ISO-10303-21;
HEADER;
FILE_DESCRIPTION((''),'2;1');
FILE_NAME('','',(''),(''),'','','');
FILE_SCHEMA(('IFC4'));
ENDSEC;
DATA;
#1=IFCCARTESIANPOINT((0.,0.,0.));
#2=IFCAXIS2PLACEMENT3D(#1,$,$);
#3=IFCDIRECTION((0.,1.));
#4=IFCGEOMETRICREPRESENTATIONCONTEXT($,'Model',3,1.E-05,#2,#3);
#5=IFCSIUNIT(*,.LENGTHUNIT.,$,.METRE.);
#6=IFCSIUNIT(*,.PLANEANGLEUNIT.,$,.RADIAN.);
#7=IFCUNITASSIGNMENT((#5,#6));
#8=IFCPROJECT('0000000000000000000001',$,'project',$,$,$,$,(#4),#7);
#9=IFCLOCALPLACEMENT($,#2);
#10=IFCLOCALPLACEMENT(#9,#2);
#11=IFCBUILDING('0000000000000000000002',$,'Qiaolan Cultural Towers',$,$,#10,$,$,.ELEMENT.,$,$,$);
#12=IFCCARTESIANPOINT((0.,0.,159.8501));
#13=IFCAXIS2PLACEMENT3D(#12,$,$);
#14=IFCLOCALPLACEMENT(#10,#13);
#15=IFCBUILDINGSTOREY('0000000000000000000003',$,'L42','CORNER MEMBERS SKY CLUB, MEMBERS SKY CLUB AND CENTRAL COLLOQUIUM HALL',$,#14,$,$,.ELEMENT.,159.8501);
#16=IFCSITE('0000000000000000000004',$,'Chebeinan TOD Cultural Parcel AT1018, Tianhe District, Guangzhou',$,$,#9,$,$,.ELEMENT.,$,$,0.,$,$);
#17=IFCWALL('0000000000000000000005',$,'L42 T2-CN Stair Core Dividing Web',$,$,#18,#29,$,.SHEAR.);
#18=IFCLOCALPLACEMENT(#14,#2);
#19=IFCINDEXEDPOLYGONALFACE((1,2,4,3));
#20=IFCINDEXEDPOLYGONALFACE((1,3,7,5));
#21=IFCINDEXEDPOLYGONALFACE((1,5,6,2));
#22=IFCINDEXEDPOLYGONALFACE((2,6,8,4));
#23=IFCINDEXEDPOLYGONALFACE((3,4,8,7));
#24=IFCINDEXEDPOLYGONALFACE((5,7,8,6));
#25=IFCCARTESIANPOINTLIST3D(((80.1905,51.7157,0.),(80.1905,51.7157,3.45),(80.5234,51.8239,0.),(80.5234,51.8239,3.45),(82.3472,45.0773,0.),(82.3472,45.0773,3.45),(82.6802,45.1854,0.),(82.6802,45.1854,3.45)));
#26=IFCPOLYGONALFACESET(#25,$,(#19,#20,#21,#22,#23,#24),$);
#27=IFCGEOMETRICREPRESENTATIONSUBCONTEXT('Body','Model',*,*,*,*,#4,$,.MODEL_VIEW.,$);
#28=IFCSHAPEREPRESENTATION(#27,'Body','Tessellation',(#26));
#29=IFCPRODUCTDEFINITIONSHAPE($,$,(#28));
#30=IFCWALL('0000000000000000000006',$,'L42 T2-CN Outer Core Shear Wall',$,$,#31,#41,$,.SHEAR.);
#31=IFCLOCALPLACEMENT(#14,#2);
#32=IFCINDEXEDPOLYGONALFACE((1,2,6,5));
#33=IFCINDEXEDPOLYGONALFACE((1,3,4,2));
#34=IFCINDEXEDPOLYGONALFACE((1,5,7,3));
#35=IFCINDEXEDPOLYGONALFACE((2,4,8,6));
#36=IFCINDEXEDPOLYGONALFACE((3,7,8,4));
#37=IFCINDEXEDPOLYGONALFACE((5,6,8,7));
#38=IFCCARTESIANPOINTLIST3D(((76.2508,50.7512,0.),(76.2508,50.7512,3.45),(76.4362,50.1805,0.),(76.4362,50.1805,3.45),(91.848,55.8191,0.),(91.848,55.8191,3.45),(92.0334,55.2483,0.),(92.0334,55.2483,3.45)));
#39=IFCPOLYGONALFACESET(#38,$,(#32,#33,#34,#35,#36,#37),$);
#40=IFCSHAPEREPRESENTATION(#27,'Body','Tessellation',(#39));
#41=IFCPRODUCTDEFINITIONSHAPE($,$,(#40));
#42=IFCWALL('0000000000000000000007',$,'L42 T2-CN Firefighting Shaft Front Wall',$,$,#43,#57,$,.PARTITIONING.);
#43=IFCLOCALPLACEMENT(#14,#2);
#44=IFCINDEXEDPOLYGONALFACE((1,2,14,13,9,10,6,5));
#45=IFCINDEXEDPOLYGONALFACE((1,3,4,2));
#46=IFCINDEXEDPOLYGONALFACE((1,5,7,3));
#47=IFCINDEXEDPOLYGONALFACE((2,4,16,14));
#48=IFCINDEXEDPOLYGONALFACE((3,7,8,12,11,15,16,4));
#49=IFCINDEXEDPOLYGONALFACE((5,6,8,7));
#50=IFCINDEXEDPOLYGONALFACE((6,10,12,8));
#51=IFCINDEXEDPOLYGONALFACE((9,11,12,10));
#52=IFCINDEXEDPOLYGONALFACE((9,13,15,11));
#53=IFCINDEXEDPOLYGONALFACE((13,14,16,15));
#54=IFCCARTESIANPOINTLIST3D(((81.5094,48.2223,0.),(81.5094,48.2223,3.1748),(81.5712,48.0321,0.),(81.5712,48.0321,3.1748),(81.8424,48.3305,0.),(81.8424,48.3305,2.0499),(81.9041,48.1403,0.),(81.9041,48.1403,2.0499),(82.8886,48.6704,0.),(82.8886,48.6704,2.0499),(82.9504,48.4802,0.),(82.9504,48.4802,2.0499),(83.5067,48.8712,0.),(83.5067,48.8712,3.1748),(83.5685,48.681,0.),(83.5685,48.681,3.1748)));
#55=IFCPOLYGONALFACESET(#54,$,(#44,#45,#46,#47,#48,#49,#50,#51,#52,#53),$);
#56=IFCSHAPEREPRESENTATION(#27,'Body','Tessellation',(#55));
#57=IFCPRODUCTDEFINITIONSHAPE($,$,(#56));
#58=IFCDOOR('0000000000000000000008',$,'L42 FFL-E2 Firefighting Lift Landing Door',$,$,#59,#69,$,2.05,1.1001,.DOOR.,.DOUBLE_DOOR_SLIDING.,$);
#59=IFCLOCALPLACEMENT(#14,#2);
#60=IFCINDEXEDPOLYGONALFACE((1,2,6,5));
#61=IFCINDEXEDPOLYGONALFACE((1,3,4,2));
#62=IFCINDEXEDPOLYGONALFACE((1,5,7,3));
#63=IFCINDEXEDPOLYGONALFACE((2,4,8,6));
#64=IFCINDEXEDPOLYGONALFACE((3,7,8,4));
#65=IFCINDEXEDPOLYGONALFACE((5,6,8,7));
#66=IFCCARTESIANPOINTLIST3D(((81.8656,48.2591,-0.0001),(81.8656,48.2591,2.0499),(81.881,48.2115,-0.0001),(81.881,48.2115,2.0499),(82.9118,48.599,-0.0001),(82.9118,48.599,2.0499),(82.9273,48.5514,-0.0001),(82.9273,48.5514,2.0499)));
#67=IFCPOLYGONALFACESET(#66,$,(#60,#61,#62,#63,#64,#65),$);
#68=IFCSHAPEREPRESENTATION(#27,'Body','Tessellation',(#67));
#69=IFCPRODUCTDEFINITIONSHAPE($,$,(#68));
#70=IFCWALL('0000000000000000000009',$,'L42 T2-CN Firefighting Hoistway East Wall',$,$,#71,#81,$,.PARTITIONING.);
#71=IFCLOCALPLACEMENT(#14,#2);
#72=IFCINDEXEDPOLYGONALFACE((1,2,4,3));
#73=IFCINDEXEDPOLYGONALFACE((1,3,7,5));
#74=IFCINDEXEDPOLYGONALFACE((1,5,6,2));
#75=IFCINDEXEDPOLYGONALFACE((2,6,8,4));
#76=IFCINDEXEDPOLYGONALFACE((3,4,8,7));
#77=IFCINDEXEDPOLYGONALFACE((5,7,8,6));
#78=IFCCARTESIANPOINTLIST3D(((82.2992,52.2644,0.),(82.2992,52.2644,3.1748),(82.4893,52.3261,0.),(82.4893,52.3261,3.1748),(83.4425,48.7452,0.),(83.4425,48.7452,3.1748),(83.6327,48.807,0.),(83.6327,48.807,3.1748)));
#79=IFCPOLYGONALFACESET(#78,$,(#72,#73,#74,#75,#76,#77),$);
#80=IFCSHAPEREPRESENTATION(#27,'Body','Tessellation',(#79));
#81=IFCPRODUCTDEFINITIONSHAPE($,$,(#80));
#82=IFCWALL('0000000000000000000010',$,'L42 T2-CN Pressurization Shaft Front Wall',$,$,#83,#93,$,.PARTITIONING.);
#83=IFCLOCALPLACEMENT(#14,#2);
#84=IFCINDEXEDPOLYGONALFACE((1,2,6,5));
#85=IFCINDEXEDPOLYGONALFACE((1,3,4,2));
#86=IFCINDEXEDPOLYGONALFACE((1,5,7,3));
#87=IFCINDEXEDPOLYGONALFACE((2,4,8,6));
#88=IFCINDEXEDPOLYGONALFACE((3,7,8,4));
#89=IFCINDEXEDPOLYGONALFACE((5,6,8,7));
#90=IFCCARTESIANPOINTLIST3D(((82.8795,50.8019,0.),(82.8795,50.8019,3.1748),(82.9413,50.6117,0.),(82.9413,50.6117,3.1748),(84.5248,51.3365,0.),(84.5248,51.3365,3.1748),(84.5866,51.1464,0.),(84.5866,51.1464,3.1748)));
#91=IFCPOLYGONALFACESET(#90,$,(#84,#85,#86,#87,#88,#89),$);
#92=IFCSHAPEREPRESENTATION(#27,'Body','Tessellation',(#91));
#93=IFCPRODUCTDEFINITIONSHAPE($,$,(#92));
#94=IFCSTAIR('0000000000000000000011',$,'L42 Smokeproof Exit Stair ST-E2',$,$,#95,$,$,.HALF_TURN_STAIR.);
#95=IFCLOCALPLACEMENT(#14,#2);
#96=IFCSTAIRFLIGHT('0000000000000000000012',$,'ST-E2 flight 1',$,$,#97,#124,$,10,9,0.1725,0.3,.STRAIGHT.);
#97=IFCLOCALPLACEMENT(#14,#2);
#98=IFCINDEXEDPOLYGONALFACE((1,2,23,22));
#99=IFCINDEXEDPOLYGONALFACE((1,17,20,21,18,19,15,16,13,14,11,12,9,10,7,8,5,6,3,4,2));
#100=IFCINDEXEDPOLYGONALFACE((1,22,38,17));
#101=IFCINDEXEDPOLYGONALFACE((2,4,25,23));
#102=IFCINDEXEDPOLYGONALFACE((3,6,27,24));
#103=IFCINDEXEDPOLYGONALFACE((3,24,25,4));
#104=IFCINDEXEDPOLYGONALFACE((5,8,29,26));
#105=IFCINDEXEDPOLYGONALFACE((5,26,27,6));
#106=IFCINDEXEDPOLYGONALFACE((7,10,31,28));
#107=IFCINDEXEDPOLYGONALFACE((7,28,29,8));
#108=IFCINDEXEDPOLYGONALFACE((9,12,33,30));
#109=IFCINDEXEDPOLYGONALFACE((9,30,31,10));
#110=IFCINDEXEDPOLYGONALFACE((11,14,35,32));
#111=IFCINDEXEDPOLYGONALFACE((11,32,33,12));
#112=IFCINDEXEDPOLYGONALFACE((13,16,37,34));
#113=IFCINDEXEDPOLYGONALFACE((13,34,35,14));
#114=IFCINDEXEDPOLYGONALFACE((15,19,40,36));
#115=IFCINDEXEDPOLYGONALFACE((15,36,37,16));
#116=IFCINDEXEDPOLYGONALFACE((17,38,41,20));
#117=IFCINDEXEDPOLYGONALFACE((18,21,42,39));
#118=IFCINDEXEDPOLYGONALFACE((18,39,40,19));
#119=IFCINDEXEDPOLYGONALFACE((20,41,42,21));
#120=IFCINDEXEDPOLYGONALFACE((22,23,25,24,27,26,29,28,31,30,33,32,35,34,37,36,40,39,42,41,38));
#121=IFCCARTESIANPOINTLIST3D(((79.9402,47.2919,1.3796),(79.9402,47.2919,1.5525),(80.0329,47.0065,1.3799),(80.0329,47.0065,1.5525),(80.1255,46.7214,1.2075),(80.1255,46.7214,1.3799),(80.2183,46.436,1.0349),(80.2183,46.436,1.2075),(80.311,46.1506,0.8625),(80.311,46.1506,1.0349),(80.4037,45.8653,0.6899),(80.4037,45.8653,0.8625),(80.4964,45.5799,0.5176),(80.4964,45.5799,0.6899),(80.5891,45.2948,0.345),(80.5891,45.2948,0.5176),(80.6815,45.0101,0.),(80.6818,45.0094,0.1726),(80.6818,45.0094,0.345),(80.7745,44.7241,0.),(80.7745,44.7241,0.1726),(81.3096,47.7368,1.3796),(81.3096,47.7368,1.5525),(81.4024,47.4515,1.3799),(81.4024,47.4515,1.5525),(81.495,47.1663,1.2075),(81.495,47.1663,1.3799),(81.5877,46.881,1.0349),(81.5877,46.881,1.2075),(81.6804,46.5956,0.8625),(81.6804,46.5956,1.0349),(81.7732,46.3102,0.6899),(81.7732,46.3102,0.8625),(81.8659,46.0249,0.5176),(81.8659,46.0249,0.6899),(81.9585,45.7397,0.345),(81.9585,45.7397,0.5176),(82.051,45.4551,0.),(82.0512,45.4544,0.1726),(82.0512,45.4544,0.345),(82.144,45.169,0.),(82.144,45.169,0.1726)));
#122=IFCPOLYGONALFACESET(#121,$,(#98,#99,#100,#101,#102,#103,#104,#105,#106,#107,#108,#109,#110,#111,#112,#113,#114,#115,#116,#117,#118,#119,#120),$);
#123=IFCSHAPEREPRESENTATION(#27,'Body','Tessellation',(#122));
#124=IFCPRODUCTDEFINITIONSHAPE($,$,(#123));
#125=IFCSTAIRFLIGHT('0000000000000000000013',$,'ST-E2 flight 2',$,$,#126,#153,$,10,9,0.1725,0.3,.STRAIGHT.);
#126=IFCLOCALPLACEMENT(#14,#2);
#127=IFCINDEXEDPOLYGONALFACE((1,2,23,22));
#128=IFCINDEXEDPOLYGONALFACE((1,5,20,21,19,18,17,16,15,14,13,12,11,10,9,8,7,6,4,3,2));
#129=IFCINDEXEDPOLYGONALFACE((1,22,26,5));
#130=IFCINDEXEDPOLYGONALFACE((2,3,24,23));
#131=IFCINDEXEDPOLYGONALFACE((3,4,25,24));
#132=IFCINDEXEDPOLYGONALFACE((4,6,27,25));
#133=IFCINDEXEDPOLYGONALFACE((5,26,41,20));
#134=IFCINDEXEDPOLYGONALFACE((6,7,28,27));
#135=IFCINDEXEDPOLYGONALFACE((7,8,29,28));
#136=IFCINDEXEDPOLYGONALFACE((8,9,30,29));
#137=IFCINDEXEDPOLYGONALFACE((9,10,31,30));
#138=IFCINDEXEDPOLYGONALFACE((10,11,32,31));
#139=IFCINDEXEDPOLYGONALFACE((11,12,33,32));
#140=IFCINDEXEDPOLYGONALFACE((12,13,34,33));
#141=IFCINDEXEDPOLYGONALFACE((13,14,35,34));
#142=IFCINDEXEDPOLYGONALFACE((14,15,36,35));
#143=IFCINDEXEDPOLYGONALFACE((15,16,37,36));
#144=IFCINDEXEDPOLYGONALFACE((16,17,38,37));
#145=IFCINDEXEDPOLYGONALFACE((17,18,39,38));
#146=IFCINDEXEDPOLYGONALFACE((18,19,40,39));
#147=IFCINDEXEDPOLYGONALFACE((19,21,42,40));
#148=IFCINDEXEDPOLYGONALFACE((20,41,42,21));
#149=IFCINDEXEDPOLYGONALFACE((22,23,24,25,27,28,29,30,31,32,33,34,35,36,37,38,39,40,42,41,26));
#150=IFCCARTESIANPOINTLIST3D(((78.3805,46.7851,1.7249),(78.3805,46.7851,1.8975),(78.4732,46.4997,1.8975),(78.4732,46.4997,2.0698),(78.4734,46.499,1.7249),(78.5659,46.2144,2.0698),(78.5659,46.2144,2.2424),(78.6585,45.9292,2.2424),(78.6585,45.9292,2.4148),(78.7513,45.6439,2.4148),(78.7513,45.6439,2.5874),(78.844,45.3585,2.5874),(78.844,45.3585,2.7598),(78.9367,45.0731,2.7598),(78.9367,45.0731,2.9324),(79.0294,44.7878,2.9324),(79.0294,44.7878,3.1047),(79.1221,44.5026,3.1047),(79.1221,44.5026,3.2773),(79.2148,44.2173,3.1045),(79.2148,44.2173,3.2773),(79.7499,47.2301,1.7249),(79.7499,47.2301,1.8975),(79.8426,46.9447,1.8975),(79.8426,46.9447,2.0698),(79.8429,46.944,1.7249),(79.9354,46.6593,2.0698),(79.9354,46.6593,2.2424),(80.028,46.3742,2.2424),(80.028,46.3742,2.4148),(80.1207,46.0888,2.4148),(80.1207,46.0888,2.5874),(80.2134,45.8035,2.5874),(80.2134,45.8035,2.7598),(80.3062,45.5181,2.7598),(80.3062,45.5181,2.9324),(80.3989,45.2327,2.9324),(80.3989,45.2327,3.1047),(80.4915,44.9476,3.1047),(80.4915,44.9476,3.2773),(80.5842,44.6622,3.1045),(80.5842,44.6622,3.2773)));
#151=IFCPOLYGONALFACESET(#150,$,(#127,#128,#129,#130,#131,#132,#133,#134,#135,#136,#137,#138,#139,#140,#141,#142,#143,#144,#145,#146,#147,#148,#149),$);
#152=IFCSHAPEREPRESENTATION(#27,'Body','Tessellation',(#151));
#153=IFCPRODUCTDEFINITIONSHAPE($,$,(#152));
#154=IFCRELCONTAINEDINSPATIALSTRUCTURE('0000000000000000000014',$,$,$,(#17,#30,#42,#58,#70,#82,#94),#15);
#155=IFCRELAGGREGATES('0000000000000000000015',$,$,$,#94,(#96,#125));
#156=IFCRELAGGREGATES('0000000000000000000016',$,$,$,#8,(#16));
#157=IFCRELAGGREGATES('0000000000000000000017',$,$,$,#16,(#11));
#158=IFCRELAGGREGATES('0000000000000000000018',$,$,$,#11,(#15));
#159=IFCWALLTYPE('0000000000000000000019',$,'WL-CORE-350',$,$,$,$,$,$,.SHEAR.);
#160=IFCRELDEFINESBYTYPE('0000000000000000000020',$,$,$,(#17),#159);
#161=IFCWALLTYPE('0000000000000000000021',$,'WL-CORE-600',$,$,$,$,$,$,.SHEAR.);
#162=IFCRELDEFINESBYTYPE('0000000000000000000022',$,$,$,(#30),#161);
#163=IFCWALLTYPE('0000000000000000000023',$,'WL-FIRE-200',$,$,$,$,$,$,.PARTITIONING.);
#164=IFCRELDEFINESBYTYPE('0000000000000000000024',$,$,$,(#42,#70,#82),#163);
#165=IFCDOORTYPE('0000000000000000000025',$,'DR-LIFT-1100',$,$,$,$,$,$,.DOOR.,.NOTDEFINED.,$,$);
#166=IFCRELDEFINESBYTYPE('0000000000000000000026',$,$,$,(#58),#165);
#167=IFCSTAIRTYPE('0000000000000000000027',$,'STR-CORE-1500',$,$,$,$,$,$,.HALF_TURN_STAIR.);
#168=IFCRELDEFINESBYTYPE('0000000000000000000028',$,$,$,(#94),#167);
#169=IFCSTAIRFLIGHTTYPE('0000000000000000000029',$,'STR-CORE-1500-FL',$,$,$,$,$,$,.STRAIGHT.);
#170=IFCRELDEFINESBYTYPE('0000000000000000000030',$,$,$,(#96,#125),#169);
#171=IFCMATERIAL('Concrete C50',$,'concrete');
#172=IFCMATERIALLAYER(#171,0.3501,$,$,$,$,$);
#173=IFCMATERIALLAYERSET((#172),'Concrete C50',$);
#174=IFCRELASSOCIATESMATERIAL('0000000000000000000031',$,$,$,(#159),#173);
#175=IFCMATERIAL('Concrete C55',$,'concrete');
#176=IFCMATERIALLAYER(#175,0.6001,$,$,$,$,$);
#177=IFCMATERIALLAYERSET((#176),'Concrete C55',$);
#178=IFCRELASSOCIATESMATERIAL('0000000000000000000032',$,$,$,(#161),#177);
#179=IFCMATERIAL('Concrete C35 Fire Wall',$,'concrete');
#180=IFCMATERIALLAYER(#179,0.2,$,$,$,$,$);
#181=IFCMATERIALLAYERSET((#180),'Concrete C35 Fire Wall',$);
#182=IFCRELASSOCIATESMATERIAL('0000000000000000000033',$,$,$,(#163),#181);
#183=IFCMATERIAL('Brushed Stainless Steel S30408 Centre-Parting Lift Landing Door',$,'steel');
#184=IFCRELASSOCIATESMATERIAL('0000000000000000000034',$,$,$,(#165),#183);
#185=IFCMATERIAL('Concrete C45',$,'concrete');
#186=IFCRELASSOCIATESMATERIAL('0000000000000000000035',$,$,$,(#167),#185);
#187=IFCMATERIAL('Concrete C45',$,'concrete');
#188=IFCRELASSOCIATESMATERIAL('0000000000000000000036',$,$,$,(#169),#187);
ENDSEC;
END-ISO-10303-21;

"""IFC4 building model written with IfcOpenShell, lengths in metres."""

from ifc_helpers import new_model, si_unit, direction, frame, frame_2d, origin, place, context, subcontext, project, spatial, polyline, rectangle, outline, extrude, material, layer, layer_set, type_object, element, fill, aggregate, save


model = new_model("IFC4")

# Units and contexts
model_context = context("Model", 3, precision=1e-05, world=origin(), true_north=direction((0.0, 1.0)))
body_context = subcontext(model_context, "Body", "Model", "MODEL_VIEW")
ifc_project = project(units=[si_unit("LENGTHUNIT", "METRE"), si_unit("PLANEANGLEUNIT", "RADIAN")], contexts=[model_context])

# Site, building, storey
site_placement = place(None, origin())
site = spatial("IfcSite", under=ifc_project, at=site_placement, Name="Chebeinan TOD Cultural Parcel AT1018, Tianhe District, Guangzhou", CompositionType="ELEMENT", RefElevation=0.0)
building_placement = place(site_placement, origin())
building = spatial("IfcBuilding", under=site, at=building_placement, Name="Qiaolan Cultural Towers", CompositionType="ELEMENT")
storey_placement = place(building_placement, frame((0.0, 0.0, 159.8501)))
storey = spatial("IfcBuildingStorey", under=building, at=storey_placement, Name="L42", Description="CORNER MEMBERS SKY CLUB, MEMBERS SKY CLUB AND CENTRAL COLLOQUIUM HALL", CompositionType="ELEMENT", Elevation=159.8501)

# Walls
ifc_material_1 = material(Name="Concrete C50", Category="concrete")
ifc_layer_1 = layer(ifc_material_1, 0.3501)
ifc_layer_set_1 = layer_set([ifc_layer_1], Name="Concrete C50")
wall_type_1 = type_object("IfcWallType", Name="WL-CORE-350", PredefinedType="SHEAR", material=ifc_layer_set_1)
wall_1_placement = place(storey_placement, frame((82.5137, 45.1313, 0.0), z_axis=(0.0, 0.0, 1.0), x_axis=(-0.308989, 0.951066, 0.0)))
element("IfcWall", 1, at=wall_1_placement, inside=storey, type_object=wall_type_1, Name="L42 T2-CN Stair Core Dividing Web", PredefinedType="SHEAR", context=body_context, shape_type="SweptSolid", body=[
    extrude(rectangle(XDim=6.98, YDim=0.3501, at=frame_2d((3.49, 0.0))), origin(), (0.0, 0.0, 1.0), 3.45),
])
ifc_material_2 = material(Name="Concrete C55", Category="concrete")
ifc_layer_2 = layer(ifc_material_2, 0.6001)
ifc_layer_set_2 = layer_set([ifc_layer_2], Name="Concrete C55")
wall_type_2 = type_object("IfcWallType", Name="WL-CORE-600", PredefinedType="SHEAR", material=ifc_layer_set_2)
wall_2_placement = place(storey_placement, frame((76.3435, 50.4658, 0.0), z_axis=(0.0, 0.0, 1.0), x_axis=(0.951056, 0.309019, 0.0)))
element("IfcWall", 2, at=wall_2_placement, inside=storey, type_object=wall_type_2, Name="L42 T2-CN Outer Core Shear Wall", PredefinedType="SHEAR", context=body_context, shape_type="SweptSolid", body=[
    extrude(rectangle(XDim=16.3999, YDim=0.6001, at=frame_2d((8.2, 0.0))), origin(), (0.0, 0.0, 1.0), 3.45),
])

# Wall, opening, door
ifc_material_3 = material(Name="Concrete C35 Fire Wall", Category="concrete")
ifc_layer_3 = layer(ifc_material_3, 0.2)
ifc_layer_set_3 = layer_set([ifc_layer_3], Name="Concrete C35 Fire Wall")
wall_type_3 = type_object("IfcWallType", Name="WL-FIRE-200", PredefinedType="PARTITIONING", material=ifc_layer_set_3)
wall_3_placement = place(storey_placement, frame((81.5403, 48.1272, 0.0), z_axis=(0.0, 0.0, 1.0), x_axis=(0.951062, 0.308999, 0.0)))
wall_3 = element("IfcWall", 3, at=wall_3_placement, inside=storey, type_object=wall_type_3, Name="L42 T2-CN Firefighting Shaft Front Wall", PredefinedType="PARTITIONING", context=body_context, shape_type="SweptSolid", body=[
    extrude(rectangle(XDim=2.1001, YDim=0.2, at=frame_2d((1.05, 0.0))), origin(), (0.0, 0.0, 1.0), 3.1748),
])
opening_placement = place(wall_3_placement, frame((0.3501, 0.0, 0.0)))
opening = element("IfcOpeningElement", 4, at=opening_placement, cuts=wall_3, PredefinedType="OPENING", context=body_context, shape_type="SweptSolid", body=[
    extrude(rectangle(XDim=1.1001, YDim=2.05, at=frame_2d((0.55, 1.0249))), frame((0.0, 0.1099, 0.0), z_axis=(0.0, -1.0, 0.0), x_axis=(1.0, 0.0, 0.0)), (0.0, 0.0, 1.0), 0.22),
])
ifc_material_4 = material(Name="Brushed Stainless Steel S30408 Centre-Parting Lift Landing Door", Category="steel")
door_type = type_object("IfcDoorType", Name="DR-LIFT-1100", OperationType="NOTDEFINED", PredefinedType="DOOR", material=ifc_material_4)
door_placement = place(opening_placement, origin())
door = element("IfcDoor", 5, at=door_placement, inside=storey, type_object=door_type, Name="L42 FFL-E2 Firefighting Lift Landing Door", OperationType="DOUBLE_DOOR_SLIDING", OverallHeight=2.05, OverallWidth=1.1001, PredefinedType="DOOR", context=body_context, shape_type="SweptSolid", body=[
    extrude(rectangle(XDim=1.1001, YDim=2.05, at=frame_2d((0.55, 1.0249))), frame((0.0, 0.0249, 0.0), z_axis=(0.0, -1.0, 0.0), x_axis=(1.0, 0.0, 0.0)), (0.0, 0.0, 1.0), 0.05),
])
fill(opening, door)

# Walls
wall_4_placement = place(storey_placement, frame((83.5376, 48.7761, 0.0), z_axis=(0.0, 0.0, 1.0), x_axis=(-0.308994, 0.951064, 0.0)))
element("IfcWall", 6, at=wall_4_placement, inside=storey, type_object=wall_type_3, Name="L42 T2-CN Firefighting Hoistway East Wall", PredefinedType="PARTITIONING", context=body_context, shape_type="SweptSolid", body=[
    extrude(rectangle(XDim=3.7002, YDim=0.2, at=frame_2d((1.8501, 0.0))), origin(), (0.0, 0.0, 1.0), 3.1748),
])
wall_5_placement = place(storey_placement, frame((82.9104, 50.7068, 0.0), z_axis=(0.0, 0.0, 1.0), x_axis=(0.951041, 0.309064, 0.0)))
element("IfcWall", 7, at=wall_5_placement, inside=storey, type_object=wall_type_3, Name="L42 T2-CN Pressurization Shaft Front Wall", PredefinedType="PARTITIONING", context=body_context, shape_type="SweptSolid", body=[
    extrude(rectangle(XDim=1.73, YDim=0.2, at=frame_2d((0.865, 0.0))), origin(), (0.0, 0.0, 1.0), 3.1748),
])

# Stair, stair flights
ifc_material_5 = material(Name="Concrete C45", Category="concrete")
stair_type = type_object("IfcStairType", Name="STR-CORE-1500", PredefinedType="HALF_TURN_STAIR", material=ifc_material_5)
stair_placement = place(storey_placement, origin())
stair = element("IfcStair", 8, at=stair_placement, inside=storey, type_object=stair_type, Name="L42 Smokeproof Exit Stair ST-E2", PredefinedType="HALF_TURN_STAIR")
ifc_material_6 = material(Name="Concrete C45", Category="concrete")
stair_flight_type = type_object("IfcStairFlightType", Name="STR-CORE-1500-FL", PredefinedType="STRAIGHT", material=ifc_material_6)
stair_flight_1_placement = place(storey_placement, frame((81.4592, 44.9465, 0.0), z_axis=(0.0, 0.0, 1.0), x_axis=(-0.309017, 0.951057, 0.0)))
stair_flight_1 = element("IfcStairFlight", 9, at=stair_flight_1_placement, type_object=stair_flight_type, Name="ST-E2 flight 1", NumberOfRisers=10, NumberOfTreads=9, PredefinedType="STRAIGHT", RiserHeight=0.1725, TreadLength=0.3, context=body_context, shape_type="SweptSolid", body=[
    extrude(outline(polyline([(0.0, 0.0), (0.0, 0.1726), (0.3, 0.1726), (0.3, 0.345), (0.6001, 0.345), (0.6001, 0.5176), (0.8999, 0.5176), (0.8999, 0.6899), (1.2, 0.6899), (1.2, 0.8625), (1.5, 0.8625), (1.5, 1.0349), (1.8, 1.0349), (1.8, 1.2075), (2.1001, 1.2075), (2.1001, 1.3799), (2.3999, 1.3799), (2.3999, 1.5525), (2.7, 1.5525), (2.7, 1.7251), (2.7, 1.3796), (0.3008, 0.0), (0.0, 0.0)])), frame((0.0, 0.72, 0.0), z_axis=(0.0, -1.0, 0.0), x_axis=(1.0, 0.0, 0.0)), (0.0, 0.0, 1.0), 1.4399),
])
stair_flight_2_placement = place(storey_placement, frame((79.0652, 47.0076, 1.7249), z_axis=(0.0, 0.0, 1.0), x_axis=(0.309017, -0.951057, 0.0)))
stair_flight_2 = element("IfcStairFlight", 10, at=stair_flight_2_placement, type_object=stair_flight_type, Name="ST-E2 flight 2", NumberOfRisers=10, NumberOfTreads=9, PredefinedType="STRAIGHT", RiserHeight=0.1725, TreadLength=0.3, context=body_context, shape_type="SweptSolid", body=[
    extrude(outline(polyline([(0.0, 0.0), (0.0, 0.1726), (0.3, 0.1726), (0.3, 0.345), (0.6001, 0.345), (0.6001, 0.5176), (0.8999, 0.5176), (0.8999, 0.6899), (1.2, 0.6899), (1.2, 0.8625), (1.5, 0.8625), (1.5, 1.0349), (1.8, 1.0349), (1.8, 1.2075), (2.1001, 1.2075), (2.1001, 1.3799), (2.3999, 1.3799), (2.3999, 1.5525), (2.7, 1.5525), (2.7, 1.7251), (2.7, 1.3796), (0.3008, 0.0), (0.0, 0.0)])), frame((0.0, 0.72, 0.0), z_axis=(0.0, -1.0, 0.0), x_axis=(1.0, 0.0, 0.0)), (0.0, 0.0, 1.0), 1.4399),
])
aggregate(stair, [stair_flight_1, stair_flight_2])

save(model, "model.ifc")
